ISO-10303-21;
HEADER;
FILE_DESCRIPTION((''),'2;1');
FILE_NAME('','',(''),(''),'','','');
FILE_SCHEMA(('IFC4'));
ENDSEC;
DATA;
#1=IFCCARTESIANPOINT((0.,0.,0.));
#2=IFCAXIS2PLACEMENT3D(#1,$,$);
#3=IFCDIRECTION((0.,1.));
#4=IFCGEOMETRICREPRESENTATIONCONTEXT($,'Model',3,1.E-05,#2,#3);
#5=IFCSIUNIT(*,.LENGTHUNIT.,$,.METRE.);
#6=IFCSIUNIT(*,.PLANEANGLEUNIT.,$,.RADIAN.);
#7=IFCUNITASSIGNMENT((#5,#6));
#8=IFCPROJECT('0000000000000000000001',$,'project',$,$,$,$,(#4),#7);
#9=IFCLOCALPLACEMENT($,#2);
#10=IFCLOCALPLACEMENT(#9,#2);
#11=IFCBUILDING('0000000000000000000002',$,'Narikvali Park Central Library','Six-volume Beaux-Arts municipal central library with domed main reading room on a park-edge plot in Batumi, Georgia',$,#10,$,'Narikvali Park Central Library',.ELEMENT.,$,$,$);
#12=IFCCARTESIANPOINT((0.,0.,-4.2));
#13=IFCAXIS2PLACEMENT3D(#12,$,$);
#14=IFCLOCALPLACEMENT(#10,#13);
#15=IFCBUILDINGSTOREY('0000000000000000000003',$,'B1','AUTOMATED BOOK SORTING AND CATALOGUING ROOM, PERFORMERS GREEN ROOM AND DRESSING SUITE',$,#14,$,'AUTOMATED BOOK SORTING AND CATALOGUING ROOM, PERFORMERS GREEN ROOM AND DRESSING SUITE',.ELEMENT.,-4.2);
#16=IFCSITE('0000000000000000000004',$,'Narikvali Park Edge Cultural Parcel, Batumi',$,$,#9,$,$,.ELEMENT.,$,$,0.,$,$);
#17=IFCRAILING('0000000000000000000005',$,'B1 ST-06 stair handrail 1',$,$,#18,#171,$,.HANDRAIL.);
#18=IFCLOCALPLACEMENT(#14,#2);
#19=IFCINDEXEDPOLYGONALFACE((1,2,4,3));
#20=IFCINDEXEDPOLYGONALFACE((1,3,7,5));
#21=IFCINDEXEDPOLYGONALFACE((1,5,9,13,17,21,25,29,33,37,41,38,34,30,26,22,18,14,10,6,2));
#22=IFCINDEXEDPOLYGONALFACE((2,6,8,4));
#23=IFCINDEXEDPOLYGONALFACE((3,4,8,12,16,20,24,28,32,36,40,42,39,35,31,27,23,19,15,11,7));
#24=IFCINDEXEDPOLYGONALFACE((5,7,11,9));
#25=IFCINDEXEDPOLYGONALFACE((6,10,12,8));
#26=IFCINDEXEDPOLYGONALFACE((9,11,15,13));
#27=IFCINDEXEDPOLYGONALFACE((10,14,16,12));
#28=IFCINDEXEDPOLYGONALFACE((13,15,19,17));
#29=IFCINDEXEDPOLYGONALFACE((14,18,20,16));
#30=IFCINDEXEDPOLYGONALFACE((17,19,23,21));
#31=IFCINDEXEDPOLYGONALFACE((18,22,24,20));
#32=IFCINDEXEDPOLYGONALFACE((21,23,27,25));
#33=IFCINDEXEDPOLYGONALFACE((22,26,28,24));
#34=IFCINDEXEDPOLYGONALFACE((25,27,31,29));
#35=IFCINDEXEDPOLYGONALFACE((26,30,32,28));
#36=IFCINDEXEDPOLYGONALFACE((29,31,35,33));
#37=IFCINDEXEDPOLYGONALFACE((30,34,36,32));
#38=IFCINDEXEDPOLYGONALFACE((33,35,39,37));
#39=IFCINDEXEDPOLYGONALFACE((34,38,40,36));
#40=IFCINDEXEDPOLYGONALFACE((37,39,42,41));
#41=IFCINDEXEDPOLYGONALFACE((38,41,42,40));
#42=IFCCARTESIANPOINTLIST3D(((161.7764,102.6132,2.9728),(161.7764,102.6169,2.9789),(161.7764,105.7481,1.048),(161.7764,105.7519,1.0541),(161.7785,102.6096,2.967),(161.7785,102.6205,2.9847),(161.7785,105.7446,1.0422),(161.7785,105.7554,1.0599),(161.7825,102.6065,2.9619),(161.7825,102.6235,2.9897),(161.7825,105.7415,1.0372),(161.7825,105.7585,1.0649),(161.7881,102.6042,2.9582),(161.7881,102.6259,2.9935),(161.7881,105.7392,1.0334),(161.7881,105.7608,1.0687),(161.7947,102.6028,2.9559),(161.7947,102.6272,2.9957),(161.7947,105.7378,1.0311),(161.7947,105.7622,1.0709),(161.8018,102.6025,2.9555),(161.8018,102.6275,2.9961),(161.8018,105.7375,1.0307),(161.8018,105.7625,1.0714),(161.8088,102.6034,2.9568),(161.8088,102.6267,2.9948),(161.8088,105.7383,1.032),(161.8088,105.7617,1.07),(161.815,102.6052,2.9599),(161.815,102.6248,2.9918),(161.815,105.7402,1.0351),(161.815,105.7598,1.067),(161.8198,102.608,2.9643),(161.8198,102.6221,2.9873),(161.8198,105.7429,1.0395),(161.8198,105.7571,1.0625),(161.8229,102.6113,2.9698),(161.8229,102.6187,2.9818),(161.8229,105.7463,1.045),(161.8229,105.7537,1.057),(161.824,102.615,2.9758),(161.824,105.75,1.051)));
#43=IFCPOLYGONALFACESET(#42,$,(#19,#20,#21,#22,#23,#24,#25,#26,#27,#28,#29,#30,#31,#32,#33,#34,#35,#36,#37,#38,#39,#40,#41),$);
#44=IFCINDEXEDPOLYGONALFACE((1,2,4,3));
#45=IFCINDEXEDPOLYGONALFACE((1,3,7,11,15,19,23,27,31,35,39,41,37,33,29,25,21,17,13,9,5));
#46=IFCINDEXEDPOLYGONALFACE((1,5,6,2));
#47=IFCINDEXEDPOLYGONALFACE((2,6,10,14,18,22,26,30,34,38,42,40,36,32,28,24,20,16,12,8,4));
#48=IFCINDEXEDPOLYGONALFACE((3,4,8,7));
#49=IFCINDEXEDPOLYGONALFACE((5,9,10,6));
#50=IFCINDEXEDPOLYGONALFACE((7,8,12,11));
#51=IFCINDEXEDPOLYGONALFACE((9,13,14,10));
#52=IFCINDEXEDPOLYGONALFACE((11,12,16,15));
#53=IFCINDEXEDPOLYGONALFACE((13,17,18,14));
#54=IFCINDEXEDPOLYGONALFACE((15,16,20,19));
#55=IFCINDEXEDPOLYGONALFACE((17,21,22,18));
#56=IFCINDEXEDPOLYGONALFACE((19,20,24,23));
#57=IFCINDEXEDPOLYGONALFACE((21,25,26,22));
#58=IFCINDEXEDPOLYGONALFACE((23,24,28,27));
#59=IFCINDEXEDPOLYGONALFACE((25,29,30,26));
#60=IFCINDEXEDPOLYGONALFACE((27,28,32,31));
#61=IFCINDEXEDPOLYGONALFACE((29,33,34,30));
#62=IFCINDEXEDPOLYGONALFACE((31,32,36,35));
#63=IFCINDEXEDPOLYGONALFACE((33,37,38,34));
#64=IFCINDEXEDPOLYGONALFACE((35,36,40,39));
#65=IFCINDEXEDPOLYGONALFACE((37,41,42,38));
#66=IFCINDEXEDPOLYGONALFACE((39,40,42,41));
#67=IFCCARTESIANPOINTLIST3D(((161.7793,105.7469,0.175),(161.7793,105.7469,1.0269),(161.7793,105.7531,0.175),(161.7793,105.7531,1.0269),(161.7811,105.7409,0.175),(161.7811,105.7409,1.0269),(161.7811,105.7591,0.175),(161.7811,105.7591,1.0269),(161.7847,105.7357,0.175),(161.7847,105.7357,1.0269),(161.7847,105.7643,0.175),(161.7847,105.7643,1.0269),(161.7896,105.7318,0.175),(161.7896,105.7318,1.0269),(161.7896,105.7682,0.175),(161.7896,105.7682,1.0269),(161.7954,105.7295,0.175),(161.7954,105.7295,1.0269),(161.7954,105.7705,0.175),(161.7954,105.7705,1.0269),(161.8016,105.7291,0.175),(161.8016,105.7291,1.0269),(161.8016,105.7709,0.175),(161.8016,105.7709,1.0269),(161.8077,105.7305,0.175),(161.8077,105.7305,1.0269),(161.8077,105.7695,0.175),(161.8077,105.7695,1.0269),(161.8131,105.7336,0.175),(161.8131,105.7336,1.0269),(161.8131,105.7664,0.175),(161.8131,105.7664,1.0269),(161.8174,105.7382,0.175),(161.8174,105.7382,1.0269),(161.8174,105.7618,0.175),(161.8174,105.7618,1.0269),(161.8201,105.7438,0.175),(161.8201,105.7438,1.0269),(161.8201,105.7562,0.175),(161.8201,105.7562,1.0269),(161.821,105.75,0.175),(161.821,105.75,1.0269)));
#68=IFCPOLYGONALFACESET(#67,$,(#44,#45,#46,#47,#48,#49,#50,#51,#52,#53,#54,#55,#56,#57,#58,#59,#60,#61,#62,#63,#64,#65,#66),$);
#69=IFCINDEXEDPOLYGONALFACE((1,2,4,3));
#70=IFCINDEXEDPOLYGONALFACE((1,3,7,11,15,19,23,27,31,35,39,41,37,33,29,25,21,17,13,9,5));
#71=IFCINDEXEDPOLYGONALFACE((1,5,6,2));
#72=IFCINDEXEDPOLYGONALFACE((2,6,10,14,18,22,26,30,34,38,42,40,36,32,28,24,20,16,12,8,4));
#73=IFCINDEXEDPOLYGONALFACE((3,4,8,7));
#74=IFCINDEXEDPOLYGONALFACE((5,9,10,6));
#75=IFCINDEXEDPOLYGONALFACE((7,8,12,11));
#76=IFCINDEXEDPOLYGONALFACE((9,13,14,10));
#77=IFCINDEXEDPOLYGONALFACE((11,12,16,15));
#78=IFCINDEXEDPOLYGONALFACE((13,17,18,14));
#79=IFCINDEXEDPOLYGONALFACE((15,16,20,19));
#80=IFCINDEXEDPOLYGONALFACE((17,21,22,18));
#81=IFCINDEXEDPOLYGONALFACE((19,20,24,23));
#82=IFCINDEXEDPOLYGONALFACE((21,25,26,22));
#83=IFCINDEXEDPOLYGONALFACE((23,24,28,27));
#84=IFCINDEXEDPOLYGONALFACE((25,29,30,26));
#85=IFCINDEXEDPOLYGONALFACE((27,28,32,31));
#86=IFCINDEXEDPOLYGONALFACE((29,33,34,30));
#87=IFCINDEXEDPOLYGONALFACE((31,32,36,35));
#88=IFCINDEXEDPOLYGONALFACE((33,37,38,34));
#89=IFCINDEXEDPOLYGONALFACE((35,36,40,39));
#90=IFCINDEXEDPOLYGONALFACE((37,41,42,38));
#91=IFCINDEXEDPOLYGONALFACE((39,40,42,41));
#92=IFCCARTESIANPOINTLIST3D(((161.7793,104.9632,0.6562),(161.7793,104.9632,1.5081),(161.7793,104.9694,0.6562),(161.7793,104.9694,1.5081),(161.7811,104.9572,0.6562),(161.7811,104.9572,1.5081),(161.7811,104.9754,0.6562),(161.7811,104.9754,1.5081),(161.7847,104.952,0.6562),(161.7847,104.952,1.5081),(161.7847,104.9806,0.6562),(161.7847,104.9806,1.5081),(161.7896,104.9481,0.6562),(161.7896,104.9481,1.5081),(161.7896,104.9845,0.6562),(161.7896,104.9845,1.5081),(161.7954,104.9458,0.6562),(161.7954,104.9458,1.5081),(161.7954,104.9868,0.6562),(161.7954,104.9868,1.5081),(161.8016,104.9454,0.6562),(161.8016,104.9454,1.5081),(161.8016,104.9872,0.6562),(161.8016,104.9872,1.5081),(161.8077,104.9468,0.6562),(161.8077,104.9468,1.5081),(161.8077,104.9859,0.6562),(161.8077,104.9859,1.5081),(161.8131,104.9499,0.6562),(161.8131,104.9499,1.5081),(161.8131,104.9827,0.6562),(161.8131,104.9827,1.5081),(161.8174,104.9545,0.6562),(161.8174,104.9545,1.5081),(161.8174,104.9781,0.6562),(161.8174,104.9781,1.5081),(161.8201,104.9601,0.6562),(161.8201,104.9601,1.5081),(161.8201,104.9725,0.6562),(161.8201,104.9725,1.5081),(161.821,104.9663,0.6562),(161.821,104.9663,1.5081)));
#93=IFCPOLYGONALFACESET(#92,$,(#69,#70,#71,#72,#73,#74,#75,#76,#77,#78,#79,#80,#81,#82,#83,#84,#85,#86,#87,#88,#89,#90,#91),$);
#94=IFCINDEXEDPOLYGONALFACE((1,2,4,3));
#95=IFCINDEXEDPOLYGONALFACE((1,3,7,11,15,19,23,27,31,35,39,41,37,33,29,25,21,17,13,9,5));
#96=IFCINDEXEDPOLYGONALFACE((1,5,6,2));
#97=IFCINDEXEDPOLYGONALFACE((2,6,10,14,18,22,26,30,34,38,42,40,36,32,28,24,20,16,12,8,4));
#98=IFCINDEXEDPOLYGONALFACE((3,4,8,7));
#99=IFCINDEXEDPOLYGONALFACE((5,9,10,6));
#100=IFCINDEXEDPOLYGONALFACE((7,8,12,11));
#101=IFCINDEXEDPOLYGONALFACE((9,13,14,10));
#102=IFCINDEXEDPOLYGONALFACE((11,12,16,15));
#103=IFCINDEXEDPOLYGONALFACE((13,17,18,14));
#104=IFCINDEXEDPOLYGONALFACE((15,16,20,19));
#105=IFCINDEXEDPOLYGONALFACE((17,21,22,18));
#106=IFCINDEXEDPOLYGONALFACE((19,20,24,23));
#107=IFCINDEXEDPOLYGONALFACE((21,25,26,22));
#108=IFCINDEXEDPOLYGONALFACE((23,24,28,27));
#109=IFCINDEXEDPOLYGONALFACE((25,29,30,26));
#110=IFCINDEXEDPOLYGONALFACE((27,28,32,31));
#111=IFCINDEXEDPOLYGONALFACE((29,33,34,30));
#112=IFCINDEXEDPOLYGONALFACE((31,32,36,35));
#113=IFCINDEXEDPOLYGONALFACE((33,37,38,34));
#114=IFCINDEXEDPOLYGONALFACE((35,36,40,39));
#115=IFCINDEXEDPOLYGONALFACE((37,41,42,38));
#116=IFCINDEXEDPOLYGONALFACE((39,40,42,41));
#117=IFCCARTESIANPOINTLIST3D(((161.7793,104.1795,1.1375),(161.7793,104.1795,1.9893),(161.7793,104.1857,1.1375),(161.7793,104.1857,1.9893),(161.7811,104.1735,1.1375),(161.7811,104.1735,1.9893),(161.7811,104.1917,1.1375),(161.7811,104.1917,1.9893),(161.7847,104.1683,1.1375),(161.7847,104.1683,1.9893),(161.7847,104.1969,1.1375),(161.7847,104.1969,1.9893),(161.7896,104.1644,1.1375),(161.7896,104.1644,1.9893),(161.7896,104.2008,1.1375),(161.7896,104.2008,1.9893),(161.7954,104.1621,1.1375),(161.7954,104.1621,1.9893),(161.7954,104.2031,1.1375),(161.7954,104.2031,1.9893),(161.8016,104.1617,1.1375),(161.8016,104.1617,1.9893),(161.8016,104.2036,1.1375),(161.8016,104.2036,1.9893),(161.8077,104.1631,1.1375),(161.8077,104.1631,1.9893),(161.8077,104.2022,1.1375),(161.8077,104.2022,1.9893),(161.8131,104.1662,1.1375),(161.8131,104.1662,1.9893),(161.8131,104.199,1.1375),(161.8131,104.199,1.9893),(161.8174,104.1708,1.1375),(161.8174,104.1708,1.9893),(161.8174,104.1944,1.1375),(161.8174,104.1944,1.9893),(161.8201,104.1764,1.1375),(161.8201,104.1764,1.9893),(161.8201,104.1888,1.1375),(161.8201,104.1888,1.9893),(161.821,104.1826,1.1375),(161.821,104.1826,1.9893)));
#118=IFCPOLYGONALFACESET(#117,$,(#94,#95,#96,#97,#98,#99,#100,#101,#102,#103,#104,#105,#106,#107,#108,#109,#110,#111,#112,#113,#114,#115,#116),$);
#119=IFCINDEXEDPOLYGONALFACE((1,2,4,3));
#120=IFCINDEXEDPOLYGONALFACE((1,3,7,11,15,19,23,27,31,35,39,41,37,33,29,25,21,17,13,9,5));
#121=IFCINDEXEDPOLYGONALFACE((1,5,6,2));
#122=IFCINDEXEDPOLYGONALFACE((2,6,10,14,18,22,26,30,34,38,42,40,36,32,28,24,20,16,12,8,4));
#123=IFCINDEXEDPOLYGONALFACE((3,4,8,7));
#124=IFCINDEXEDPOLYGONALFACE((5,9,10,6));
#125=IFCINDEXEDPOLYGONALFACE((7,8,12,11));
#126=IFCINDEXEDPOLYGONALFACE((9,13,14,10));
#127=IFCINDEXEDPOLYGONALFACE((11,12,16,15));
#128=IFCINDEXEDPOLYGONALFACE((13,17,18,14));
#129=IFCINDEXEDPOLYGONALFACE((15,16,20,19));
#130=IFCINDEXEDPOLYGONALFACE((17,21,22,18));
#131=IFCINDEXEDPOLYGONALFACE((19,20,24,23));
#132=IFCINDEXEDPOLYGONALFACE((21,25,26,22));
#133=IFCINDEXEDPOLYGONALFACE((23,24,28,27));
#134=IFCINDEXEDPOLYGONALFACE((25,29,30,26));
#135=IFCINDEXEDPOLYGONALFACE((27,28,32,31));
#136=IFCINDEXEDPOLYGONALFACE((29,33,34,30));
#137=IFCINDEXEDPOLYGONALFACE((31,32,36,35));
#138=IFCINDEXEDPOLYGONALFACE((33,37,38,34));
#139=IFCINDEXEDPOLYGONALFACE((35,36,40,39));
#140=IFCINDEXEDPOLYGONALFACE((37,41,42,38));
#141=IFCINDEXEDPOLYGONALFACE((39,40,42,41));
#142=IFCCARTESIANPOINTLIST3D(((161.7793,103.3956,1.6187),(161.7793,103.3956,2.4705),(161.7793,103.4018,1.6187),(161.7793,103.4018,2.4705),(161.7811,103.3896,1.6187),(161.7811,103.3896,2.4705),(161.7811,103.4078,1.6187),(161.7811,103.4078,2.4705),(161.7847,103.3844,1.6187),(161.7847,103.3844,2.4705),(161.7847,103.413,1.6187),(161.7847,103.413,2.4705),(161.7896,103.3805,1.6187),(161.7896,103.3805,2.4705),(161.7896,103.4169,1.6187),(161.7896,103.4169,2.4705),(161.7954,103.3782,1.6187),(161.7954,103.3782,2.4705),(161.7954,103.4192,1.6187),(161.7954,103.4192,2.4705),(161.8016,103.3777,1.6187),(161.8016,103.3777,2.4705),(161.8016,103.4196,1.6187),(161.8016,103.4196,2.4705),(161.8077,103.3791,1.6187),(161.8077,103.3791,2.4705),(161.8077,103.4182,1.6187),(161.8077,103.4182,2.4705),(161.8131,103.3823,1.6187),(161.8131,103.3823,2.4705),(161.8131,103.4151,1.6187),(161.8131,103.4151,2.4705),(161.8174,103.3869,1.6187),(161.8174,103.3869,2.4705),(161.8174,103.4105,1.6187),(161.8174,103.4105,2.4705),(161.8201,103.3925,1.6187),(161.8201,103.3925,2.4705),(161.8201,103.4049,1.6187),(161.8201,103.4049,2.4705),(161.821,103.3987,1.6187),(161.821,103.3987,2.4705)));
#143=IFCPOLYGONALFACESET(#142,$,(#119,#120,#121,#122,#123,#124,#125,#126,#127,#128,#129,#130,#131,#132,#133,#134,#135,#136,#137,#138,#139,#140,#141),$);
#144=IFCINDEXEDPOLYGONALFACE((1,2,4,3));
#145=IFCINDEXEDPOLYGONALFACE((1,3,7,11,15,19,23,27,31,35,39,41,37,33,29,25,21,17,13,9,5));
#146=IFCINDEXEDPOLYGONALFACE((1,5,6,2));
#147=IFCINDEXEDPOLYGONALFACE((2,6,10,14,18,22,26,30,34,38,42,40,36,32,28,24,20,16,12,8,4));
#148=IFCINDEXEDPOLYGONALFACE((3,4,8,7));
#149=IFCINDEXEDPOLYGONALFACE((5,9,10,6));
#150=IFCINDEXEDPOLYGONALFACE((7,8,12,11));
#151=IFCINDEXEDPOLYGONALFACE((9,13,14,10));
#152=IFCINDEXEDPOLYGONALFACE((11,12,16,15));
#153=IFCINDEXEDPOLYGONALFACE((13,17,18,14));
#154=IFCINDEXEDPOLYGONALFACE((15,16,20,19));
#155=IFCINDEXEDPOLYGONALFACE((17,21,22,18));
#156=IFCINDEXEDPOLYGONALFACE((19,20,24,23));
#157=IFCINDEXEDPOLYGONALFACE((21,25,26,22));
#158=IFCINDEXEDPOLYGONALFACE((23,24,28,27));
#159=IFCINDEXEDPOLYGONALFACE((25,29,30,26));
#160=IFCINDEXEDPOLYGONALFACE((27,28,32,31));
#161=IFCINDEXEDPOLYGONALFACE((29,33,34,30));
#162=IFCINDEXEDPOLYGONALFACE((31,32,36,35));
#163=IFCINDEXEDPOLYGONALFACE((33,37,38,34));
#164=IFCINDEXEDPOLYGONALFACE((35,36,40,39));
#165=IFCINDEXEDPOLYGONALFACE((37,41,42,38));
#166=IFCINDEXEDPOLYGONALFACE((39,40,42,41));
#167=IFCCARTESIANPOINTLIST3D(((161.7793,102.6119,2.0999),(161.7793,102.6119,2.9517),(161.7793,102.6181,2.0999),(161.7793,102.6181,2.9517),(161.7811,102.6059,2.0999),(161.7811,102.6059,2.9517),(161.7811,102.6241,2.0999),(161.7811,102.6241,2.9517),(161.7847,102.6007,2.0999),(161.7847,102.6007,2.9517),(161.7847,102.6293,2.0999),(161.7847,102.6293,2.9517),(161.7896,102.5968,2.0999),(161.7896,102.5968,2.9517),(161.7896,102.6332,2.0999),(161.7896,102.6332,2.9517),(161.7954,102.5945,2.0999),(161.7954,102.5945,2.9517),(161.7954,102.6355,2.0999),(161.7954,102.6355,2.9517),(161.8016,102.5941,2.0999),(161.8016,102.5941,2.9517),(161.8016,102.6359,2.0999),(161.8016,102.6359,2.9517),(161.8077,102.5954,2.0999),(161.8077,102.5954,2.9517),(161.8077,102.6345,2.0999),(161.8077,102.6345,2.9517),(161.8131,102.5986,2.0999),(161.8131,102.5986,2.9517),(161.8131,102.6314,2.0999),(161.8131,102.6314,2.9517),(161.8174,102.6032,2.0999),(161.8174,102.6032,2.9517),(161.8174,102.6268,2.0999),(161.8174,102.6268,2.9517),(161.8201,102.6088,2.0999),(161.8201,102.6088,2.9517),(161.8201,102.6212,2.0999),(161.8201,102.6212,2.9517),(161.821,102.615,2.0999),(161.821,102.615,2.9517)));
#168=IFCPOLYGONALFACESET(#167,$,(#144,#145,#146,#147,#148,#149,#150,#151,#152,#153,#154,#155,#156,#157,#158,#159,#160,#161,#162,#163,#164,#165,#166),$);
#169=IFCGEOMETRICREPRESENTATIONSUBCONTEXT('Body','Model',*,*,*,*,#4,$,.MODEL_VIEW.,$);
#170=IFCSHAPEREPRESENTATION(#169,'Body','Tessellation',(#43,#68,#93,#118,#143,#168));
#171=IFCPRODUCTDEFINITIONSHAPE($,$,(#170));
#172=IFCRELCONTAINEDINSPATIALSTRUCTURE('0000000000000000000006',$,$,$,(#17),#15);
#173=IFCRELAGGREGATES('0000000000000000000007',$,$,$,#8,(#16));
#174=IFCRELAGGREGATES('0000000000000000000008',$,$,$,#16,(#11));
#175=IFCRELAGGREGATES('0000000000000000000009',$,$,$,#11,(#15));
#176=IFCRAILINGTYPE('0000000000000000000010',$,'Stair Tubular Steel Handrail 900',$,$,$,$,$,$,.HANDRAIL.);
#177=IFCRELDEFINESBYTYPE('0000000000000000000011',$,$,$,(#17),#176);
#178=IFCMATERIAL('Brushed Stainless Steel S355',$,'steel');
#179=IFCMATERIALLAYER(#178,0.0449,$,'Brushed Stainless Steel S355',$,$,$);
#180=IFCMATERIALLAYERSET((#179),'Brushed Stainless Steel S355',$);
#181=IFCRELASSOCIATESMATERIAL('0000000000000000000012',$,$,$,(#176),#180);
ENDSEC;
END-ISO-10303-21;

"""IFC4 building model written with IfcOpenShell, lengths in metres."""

from ifc_helpers import new_model, si_unit, direction, frame, origin, origin_2d, place, context, subcontext, project, spatial, circle, extrude, material, layer, layer_set, type_object, element, save


model = new_model("IFC4")

# Units and contexts
model_context = context("Model", 3, precision=1e-05, world=origin(), true_north=direction((0.0, 1.0)))
body_context = subcontext(model_context, "Body", "Model", "MODEL_VIEW")
ifc_project = project(units=[si_unit("LENGTHUNIT", "METRE"), si_unit("PLANEANGLEUNIT", "RADIAN")], contexts=[model_context])

# Site, building, storey
site_placement = place(None, origin())
site = spatial("IfcSite", under=ifc_project, at=site_placement, Name="Narikvali Park Edge Cultural Parcel, Batumi", CompositionType="ELEMENT", RefElevation=0.0)
building_placement = place(site_placement, origin())
building = spatial("IfcBuilding", under=site, at=building_placement, Name="Narikvali Park Central Library", Description="Six-volume Beaux-Arts municipal central library with domed main reading room on a park-edge plot in Batumi, Georgia", LongName="Narikvali Park Central Library", CompositionType="ELEMENT")
storey_placement = place(building_placement, frame((0.0, 0.0, -4.2)))
storey = spatial("IfcBuildingStorey", under=building, at=storey_placement, Name="B1", Description="AUTOMATED BOOK SORTING AND CATALOGUING ROOM, PERFORMERS GREEN ROOM AND DRESSING SUITE", LongName="AUTOMATED BOOK SORTING AND CATALOGUING ROOM, PERFORMERS GREEN ROOM AND DRESSING SUITE", CompositionType="ELEMENT", Elevation=-4.2)

# Shared definitions
ifc_material_1 = material(Name="Brushed Stainless Steel S355", Category="steel")

# Railing
ifc_layer_1 = layer(ifc_material_1, 0.0449, Name="Brushed Stainless Steel S355")
ifc_layer_set_1 = layer_set([ifc_layer_1], Name="Brushed Stainless Steel S355")
railing_type_1 = type_object("IfcRailingType", Name="Stair Tubular Steel Handrail 900", PredefinedType="HANDRAIL", material=ifc_layer_set_1)
railing_1_placement = place(storey_placement, frame((161.8, 105.75, 0.175)))
element("IfcRailing", 1, at=railing_1_placement, inside=storey, type_object=railing_type_1, Name="B1 ST-06 stair handrail 1", PredefinedType="HANDRAIL", context=body_context, shape_type="SweptSolid", body=[
    extrude(circle(Radius=0.0239, at=origin_2d()), frame((0.0, 0.0, 0.876), z_axis=(0.0, -0.852196, 0.523223), x_axis=(1.0, 0.0, 0.0)), (0.0, 0.0, 1.0), 3.6787),
    extrude(circle(Radius=0.021, at=origin_2d()), origin(), (0.0, 0.0, 1.0), 0.8518),
    extrude(circle(Radius=0.021, at=origin_2d()), frame((0.0, -0.7837, 0.4812)), (0.0, 0.0, 1.0), 0.8518),
    extrude(circle(Radius=0.021, at=origin_2d()), frame((0.0, -1.5674, 0.9624)), (0.0, 0.0, 1.0), 0.8518),
    extrude(circle(Radius=0.021, at=origin_2d()), frame((0.0, -2.3513, 1.4436)), (0.0, 0.0, 1.0), 0.8518),
    extrude(circle(Radius=0.021, at=origin_2d()), frame((0.0, -3.135, 1.9248)), (0.0, 0.0, 1.0), 0.8518),
])

save(model, "model.ifc")
